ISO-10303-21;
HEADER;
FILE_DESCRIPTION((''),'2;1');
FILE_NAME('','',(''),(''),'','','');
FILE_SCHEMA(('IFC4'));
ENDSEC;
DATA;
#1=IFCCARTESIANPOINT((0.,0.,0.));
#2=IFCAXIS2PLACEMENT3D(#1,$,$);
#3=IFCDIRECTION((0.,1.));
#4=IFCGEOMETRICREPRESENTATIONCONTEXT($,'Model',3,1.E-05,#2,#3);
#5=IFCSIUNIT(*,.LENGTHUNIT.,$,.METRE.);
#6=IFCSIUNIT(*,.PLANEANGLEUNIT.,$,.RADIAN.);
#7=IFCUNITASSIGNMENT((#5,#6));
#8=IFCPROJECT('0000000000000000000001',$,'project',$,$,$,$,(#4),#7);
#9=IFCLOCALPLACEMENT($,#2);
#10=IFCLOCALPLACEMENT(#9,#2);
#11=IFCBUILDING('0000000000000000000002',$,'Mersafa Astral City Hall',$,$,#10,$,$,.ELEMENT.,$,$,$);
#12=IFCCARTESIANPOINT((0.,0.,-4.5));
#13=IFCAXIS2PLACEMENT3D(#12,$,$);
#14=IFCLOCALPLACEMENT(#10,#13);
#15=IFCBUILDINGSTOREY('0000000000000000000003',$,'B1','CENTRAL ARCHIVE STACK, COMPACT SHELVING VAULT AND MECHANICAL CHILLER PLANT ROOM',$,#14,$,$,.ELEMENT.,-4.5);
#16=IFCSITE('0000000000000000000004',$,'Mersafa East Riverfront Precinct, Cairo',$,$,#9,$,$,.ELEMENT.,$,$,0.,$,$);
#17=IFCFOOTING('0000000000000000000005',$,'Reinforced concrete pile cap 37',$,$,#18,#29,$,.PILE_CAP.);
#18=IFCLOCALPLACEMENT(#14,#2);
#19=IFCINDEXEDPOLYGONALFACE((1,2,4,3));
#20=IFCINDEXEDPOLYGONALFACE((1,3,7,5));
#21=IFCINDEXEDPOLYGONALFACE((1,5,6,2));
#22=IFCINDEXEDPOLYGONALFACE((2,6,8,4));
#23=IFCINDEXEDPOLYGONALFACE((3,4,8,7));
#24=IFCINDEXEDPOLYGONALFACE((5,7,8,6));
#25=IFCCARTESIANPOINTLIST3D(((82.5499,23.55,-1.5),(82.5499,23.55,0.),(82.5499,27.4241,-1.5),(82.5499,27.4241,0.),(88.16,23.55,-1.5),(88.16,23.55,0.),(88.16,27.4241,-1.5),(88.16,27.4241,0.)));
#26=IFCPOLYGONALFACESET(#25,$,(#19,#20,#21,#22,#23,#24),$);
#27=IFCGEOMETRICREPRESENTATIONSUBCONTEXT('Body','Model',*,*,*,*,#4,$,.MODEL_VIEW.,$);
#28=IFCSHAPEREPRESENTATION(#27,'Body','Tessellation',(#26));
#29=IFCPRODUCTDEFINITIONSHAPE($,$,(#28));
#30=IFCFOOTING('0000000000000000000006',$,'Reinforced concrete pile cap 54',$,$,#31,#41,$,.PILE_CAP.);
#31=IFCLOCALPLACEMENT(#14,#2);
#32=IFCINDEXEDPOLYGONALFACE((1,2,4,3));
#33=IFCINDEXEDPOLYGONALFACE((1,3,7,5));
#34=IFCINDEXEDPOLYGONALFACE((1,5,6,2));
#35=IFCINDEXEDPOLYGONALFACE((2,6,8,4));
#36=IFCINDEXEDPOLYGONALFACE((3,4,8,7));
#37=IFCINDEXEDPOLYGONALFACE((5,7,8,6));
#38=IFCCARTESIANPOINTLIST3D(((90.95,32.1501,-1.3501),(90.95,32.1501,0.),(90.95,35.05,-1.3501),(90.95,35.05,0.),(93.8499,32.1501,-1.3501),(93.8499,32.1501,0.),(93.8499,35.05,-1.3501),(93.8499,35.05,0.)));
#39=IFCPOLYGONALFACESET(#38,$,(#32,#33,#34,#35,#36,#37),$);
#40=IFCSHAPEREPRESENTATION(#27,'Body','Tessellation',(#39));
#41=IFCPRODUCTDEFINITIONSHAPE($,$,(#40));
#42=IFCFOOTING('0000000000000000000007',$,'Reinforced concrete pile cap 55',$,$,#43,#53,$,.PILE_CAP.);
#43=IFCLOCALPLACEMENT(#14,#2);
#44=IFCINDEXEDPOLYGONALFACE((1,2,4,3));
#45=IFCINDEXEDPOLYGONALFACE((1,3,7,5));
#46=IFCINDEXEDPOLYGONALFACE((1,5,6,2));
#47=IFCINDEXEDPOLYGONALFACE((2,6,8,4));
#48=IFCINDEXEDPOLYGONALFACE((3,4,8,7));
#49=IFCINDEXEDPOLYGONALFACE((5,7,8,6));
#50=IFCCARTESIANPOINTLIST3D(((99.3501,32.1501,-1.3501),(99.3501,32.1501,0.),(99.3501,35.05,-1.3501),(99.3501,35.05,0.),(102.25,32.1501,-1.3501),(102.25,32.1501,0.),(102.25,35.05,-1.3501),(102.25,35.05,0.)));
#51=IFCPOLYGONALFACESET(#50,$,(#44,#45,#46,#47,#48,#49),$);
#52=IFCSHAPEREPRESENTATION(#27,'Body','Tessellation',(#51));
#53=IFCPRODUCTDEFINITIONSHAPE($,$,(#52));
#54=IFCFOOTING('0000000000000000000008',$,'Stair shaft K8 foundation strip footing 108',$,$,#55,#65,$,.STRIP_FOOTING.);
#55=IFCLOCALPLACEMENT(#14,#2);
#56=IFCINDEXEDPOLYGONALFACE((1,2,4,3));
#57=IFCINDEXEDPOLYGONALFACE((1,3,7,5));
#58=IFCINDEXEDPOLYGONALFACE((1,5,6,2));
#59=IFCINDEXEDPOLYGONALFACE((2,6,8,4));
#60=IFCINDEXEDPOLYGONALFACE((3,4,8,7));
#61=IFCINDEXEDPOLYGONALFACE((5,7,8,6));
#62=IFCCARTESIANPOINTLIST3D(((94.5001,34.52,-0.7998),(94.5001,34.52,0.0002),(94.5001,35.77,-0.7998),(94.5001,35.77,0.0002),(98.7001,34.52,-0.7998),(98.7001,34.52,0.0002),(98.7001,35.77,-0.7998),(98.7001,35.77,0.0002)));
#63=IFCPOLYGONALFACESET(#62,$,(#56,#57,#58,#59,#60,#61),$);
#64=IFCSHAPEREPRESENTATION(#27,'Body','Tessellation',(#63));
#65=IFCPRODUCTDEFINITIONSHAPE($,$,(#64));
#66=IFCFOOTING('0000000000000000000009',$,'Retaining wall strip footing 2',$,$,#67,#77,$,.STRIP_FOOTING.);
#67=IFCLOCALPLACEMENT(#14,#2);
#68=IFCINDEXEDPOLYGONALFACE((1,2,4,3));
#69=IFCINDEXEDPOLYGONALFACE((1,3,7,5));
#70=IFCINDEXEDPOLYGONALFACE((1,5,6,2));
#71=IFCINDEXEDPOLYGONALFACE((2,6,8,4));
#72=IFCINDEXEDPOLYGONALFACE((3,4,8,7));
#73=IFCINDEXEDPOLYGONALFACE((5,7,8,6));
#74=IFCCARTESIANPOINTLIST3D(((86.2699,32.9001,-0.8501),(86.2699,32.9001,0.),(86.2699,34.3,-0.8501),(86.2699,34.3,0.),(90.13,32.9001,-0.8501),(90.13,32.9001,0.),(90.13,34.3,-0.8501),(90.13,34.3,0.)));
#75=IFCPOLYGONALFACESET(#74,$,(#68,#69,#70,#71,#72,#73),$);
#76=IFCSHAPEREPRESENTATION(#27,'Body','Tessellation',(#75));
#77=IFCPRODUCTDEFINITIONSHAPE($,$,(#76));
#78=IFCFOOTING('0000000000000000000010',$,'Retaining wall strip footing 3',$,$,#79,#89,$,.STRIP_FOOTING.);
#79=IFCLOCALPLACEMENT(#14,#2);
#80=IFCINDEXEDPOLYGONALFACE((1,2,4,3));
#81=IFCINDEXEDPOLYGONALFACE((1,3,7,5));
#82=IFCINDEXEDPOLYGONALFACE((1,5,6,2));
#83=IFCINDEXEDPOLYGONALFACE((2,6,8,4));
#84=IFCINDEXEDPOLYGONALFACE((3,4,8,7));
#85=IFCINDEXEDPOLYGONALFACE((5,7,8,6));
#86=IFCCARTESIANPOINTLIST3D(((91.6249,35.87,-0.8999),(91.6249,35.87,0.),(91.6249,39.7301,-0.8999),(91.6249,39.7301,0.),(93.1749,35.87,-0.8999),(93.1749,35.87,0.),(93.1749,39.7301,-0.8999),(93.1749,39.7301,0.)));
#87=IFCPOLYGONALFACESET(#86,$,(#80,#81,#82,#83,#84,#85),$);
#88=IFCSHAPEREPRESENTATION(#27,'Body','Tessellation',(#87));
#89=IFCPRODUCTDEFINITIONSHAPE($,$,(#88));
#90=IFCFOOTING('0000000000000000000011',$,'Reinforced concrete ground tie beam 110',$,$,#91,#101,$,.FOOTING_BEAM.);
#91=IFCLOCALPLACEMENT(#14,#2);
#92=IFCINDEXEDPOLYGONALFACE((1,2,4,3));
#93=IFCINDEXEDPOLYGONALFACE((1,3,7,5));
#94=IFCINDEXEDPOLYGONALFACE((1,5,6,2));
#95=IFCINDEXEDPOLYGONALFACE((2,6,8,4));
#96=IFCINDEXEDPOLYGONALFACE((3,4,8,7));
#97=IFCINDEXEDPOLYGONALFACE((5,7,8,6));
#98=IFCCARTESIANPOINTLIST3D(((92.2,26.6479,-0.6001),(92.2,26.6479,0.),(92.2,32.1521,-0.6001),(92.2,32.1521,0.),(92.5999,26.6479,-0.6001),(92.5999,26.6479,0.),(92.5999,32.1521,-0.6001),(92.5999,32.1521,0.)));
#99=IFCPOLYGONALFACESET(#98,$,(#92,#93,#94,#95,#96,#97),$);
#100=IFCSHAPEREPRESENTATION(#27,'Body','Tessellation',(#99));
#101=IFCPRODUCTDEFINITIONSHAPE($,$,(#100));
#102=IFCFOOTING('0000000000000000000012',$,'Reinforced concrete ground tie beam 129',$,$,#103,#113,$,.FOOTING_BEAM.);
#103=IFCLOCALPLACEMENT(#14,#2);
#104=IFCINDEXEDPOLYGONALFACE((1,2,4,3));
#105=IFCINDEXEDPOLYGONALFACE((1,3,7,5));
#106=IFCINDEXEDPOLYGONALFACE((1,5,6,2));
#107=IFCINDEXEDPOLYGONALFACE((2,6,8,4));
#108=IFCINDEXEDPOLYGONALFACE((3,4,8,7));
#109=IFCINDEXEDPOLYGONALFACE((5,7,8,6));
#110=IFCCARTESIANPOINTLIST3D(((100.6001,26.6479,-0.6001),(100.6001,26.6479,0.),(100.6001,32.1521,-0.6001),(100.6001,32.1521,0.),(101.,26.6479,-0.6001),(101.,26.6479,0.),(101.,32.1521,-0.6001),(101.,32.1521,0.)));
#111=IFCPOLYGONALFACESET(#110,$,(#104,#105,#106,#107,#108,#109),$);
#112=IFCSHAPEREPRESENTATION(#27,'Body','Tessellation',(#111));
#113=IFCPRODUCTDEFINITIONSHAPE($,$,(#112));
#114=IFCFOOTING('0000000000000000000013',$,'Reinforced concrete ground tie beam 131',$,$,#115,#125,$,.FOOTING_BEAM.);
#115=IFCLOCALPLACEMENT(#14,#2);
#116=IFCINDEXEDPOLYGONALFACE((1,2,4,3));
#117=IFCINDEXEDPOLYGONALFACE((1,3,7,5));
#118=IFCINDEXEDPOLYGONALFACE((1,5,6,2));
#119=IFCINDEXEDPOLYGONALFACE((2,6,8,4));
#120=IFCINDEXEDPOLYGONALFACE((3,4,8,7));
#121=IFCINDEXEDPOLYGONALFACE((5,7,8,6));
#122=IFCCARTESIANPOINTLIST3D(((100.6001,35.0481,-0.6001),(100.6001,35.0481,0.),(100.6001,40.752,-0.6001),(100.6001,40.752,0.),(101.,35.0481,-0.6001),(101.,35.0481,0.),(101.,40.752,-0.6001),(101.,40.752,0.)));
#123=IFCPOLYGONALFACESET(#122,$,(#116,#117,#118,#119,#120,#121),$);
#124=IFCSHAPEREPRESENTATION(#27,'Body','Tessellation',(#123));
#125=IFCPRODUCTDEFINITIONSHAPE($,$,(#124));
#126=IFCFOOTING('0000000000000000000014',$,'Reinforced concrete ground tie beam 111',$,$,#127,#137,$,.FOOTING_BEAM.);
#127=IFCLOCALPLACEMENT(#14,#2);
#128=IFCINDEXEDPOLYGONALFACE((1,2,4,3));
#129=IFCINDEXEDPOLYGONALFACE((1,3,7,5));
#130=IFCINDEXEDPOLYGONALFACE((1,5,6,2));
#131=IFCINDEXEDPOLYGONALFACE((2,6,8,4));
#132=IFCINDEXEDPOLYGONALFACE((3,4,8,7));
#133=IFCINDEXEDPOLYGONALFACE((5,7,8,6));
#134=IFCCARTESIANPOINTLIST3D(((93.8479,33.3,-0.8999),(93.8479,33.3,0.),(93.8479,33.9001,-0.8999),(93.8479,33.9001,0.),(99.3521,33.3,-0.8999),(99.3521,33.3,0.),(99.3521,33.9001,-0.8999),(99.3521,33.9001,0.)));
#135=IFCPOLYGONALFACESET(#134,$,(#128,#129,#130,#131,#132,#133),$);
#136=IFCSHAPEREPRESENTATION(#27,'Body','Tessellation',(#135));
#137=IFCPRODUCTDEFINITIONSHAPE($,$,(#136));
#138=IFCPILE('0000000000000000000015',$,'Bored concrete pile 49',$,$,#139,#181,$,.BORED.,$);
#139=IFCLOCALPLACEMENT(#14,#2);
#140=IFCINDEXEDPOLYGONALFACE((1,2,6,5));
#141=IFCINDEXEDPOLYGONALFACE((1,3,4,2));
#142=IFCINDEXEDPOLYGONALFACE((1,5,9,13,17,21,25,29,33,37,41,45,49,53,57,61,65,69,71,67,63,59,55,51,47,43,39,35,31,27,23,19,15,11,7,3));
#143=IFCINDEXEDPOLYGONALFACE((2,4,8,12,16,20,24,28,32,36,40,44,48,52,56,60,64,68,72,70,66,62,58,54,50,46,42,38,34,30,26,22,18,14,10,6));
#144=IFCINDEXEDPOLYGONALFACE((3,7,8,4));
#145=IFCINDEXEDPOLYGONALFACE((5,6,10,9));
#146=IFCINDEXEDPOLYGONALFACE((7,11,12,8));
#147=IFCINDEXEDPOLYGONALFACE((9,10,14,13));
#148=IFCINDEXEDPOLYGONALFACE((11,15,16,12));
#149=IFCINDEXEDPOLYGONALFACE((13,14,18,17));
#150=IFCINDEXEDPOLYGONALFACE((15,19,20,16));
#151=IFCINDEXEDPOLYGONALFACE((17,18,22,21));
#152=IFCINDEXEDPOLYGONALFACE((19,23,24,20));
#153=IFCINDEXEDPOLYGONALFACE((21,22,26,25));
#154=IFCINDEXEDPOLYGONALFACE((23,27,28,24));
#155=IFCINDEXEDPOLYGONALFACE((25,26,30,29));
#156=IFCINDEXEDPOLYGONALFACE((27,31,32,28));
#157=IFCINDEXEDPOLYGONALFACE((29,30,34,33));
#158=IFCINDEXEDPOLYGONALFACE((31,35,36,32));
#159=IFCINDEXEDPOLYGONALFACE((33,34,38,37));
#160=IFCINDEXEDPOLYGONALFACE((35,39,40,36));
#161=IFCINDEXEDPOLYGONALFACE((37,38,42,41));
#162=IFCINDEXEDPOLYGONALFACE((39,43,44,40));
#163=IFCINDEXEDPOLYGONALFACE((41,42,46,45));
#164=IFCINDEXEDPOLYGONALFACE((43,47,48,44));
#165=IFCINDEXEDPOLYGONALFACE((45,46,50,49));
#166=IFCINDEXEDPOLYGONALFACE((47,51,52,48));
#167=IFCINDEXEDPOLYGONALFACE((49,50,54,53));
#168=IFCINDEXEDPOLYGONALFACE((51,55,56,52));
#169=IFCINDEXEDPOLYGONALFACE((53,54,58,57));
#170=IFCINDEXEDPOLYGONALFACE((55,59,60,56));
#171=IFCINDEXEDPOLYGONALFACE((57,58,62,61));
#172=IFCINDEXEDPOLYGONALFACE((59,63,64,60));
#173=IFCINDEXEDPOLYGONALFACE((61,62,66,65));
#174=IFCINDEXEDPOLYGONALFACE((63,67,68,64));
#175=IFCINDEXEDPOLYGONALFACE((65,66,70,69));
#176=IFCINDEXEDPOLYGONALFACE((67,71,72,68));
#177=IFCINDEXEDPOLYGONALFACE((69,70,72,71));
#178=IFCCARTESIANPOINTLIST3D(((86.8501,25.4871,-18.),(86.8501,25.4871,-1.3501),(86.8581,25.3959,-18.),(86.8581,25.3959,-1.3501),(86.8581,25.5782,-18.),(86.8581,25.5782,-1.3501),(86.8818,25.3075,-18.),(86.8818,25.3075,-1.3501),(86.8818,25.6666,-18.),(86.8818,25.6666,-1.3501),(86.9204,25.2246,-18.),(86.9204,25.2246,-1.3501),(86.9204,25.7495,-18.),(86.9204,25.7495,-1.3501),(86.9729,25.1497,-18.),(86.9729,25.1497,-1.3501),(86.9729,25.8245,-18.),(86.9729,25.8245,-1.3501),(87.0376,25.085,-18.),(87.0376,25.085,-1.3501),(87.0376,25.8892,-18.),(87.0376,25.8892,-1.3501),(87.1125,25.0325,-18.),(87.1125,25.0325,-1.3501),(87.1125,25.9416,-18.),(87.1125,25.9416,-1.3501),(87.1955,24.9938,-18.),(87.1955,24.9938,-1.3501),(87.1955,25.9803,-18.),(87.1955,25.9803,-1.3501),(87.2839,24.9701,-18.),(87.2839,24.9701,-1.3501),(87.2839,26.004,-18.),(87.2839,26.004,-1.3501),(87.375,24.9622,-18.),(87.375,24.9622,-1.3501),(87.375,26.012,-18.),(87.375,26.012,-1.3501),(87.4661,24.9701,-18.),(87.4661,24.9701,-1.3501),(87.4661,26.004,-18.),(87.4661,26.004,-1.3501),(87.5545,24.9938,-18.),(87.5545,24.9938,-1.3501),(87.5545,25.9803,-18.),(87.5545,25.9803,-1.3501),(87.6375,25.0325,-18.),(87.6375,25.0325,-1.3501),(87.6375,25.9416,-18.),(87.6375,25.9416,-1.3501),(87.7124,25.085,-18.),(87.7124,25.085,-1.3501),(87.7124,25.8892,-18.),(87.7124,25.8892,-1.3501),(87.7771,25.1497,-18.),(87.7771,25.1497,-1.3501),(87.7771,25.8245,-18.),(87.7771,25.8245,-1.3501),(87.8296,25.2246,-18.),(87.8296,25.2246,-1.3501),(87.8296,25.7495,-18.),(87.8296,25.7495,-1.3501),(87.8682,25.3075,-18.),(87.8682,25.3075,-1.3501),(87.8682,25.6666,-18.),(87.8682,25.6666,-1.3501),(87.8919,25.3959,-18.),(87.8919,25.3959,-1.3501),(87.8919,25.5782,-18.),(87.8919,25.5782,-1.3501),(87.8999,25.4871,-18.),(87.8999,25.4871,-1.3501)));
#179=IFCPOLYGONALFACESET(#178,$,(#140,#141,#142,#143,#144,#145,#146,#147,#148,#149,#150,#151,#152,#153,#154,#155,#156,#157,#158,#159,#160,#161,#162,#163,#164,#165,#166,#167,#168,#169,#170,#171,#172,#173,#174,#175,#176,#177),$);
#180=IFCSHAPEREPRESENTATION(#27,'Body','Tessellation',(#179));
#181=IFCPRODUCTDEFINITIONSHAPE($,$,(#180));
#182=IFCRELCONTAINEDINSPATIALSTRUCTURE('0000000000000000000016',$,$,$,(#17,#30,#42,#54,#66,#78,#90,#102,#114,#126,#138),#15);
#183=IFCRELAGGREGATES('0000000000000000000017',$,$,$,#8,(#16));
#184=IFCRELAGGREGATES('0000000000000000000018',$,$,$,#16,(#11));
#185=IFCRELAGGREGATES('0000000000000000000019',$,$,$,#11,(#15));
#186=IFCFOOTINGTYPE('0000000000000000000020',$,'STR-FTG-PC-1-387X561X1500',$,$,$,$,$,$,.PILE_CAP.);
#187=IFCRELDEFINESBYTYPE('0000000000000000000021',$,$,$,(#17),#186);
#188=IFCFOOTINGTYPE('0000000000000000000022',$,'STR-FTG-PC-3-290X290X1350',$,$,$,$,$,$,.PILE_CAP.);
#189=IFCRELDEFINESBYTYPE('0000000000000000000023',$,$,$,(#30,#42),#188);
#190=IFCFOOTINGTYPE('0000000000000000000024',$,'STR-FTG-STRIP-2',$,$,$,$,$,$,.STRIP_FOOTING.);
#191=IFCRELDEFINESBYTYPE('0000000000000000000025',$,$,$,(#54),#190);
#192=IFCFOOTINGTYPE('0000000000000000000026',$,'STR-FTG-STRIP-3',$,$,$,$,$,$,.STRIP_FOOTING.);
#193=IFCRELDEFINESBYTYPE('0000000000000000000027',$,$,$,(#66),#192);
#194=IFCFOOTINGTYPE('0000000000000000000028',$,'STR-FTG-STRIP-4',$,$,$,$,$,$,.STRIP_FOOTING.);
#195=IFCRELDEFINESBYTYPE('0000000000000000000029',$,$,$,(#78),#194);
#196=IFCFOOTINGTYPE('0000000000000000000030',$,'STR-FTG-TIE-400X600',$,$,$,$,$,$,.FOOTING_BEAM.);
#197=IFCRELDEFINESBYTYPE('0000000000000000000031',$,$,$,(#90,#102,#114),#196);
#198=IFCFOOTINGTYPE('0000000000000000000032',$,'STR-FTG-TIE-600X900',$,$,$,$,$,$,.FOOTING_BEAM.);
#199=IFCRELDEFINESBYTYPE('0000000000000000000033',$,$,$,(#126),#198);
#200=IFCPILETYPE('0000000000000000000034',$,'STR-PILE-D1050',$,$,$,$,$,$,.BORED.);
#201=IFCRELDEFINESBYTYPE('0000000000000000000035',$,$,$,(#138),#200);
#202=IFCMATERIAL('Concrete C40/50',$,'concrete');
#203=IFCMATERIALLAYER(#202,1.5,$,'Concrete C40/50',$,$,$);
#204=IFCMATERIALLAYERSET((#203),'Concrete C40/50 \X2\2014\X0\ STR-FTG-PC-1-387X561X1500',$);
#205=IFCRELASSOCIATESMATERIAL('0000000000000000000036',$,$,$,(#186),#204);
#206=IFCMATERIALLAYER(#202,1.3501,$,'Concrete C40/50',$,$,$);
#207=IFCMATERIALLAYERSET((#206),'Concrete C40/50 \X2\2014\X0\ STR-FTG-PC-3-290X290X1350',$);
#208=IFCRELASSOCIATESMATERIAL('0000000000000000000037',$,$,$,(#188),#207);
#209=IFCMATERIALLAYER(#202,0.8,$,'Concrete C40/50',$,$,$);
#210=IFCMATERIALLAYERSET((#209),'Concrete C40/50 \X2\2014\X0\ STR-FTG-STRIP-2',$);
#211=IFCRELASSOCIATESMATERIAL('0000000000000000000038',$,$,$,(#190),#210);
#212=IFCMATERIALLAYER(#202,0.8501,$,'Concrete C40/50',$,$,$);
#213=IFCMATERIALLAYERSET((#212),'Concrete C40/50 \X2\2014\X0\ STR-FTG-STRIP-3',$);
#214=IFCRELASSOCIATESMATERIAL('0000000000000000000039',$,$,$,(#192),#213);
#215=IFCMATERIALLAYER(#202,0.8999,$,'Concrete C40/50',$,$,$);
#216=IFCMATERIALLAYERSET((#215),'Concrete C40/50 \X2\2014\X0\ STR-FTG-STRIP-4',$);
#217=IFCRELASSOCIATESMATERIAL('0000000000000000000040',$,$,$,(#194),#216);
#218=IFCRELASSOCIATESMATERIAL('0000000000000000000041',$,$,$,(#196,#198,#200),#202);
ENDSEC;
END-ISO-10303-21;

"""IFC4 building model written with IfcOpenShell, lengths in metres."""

from ifc_helpers import new_model, si_unit, direction, frame, origin, origin_2d, place, context, subcontext, project, spatial, rectangle, circle, extrude, material, layer, layer_set, material_profile, profile_set, type_object, element, save


model = new_model("IFC4")

# Units and contexts
model_context = context("Model", 3, precision=1e-05, world=origin(), true_north=direction((0.0, 1.0)))
body_context = subcontext(model_context, "Body", "Model", "MODEL_VIEW")
ifc_project = project(units=[si_unit("LENGTHUNIT", "METRE"), si_unit("PLANEANGLEUNIT", "RADIAN")], contexts=[model_context])

# Site, building, storey
site_placement = place(None, origin())
site = spatial("IfcSite", under=ifc_project, at=site_placement, Name="Mersafa East Riverfront Precinct, Cairo", CompositionType="ELEMENT", RefElevation=0.0)
building_placement = place(site_placement, origin())
building = spatial("IfcBuilding", under=site, at=building_placement, Name="Mersafa Astral City Hall", CompositionType="ELEMENT")
storey_placement = place(building_placement, frame((0.0, 0.0, -4.5)))
storey = spatial("IfcBuildingStorey", under=building, at=storey_placement, Name="B1", Description="CENTRAL ARCHIVE STACK, COMPACT SHELVING VAULT AND MECHANICAL CHILLER PLANT ROOM", CompositionType="ELEMENT", Elevation=-4.5)

# Footings
ifc_material_1 = material(Name="Concrete C40/50", Category="concrete")
ifc_layer_1 = layer(ifc_material_1, 1.5, Name="Concrete C40/50")
ifc_layer_set_1 = layer_set([ifc_layer_1], Name="Concrete C40/50 — STR-FTG-PC-1-387X561X1500")
footing_type_1 = type_object("IfcFootingType", Name="STR-FTG-PC-1-387X561X1500", PredefinedType="PILE_CAP", material=ifc_layer_set_1)
footing_1_placement = place(storey_placement, frame((85.355, 25.4871, -1.5), z_axis=(0.0, 0.0, 1.0), x_axis=(1.0, 0.0, 0.0)))
element("IfcFooting", 1, at=footing_1_placement, inside=storey, type_object=footing_type_1, Name="Reinforced concrete pile cap 37", PredefinedType="PILE_CAP", context=body_context, shape_type="SweptSolid", body=[
    extrude(rectangle(XDim=5.6101, YDim=3.874, at=origin_2d()), origin(), (0.0, 0.0, 1.0), 1.5),
])
ifc_layer_2 = layer(ifc_material_1, 1.3501, Name="Concrete C40/50")
ifc_layer_set_2 = layer_set([ifc_layer_2], Name="Concrete C40/50 — STR-FTG-PC-3-290X290X1350")
footing_type_2 = type_object("IfcFootingType", Name="STR-FTG-PC-3-290X290X1350", PredefinedType="PILE_CAP", material=ifc_layer_set_2)
for number, where, z_axis, x_axis, name in (
    (2, (92.3999, 33.6001, -1.3501), (0.0, 0.0, 1.0), (1.0, 0.0, 0.0), "Reinforced concrete pile cap 54"),
    (3, (100.8, 33.6001, -1.3501), (0.0, 0.0, 1.0), (1.0, 0.0, 0.0), "Reinforced concrete pile cap 55"),
):
    element("IfcFooting", number, at=place(storey_placement, frame(where, z_axis=z_axis, x_axis=x_axis)), inside=storey, type_object=footing_type_2, Name=name, PredefinedType="PILE_CAP", context=body_context, shape_type="SweptSolid", body=[
        extrude(rectangle(XDim=2.8999, YDim=2.8999, at=origin_2d()), origin(), (0.0, 0.0, 1.0), 1.3501),
    ])
ifc_layer_3 = layer(ifc_material_1, 0.8, Name="Concrete C40/50")
ifc_layer_set_3 = layer_set([ifc_layer_3], Name="Concrete C40/50 — STR-FTG-STRIP-2")
footing_type_3 = type_object("IfcFootingType", Name="STR-FTG-STRIP-2", PredefinedType="STRIP_FOOTING", material=ifc_layer_set_3)
footing_2_placement = place(storey_placement, frame((96.6001, 35.145, -0.7998), z_axis=(0.0, 0.0, 1.0), x_axis=(1.0, 0.0, 0.0)))
element("IfcFooting", 4, at=footing_2_placement, inside=storey, type_object=footing_type_3, Name="Stair shaft K8 foundation strip footing 108", PredefinedType="STRIP_FOOTING", context=body_context, shape_type="SweptSolid", body=[
    extrude(rectangle(XDim=4.2, YDim=1.25, at=origin_2d()), origin(), (0.0, 0.0, 1.0), 0.8),
])
ifc_layer_4 = layer(ifc_material_1, 0.8501, Name="Concrete C40/50")
ifc_layer_set_4 = layer_set([ifc_layer_4], Name="Concrete C40/50 — STR-FTG-STRIP-3")
footing_type_4 = type_object("IfcFootingType", Name="STR-FTG-STRIP-3", PredefinedType="STRIP_FOOTING", material=ifc_layer_set_4)
footing_3_placement = place(storey_placement, frame((88.2, 33.6001, -0.8501), z_axis=(0.0, 0.0, 1.0), x_axis=(1.0, 0.0, 0.0)))
element("IfcFooting", 5, at=footing_3_placement, inside=storey, type_object=footing_type_4, Name="Retaining wall strip footing 2", PredefinedType="STRIP_FOOTING", context=body_context, shape_type="SweptSolid", body=[
    extrude(rectangle(XDim=3.8601, YDim=1.3999, at=origin_2d()), origin(), (0.0, 0.0, 1.0), 0.8501),
])
ifc_layer_5 = layer(ifc_material_1, 0.8999, Name="Concrete C40/50")
ifc_layer_set_5 = layer_set([ifc_layer_5], Name="Concrete C40/50 — STR-FTG-STRIP-4")
footing_type_5 = type_object("IfcFootingType", Name="STR-FTG-STRIP-4", PredefinedType="STRIP_FOOTING", material=ifc_layer_set_5)
footing_4_placement = place(storey_placement, frame((92.3999, 37.8, -0.8999), z_axis=(0.0, 0.0, 1.0), x_axis=(0.0, 1.0, 0.0)))
element("IfcFooting", 6, at=footing_4_placement, inside=storey, type_object=footing_type_5, Name="Retaining wall strip footing 3", PredefinedType="STRIP_FOOTING", context=body_context, shape_type="SweptSolid", body=[
    extrude(rectangle(XDim=3.8601, YDim=1.55, at=origin_2d()), origin(), (0.0, 0.0, 1.0), 0.8999),
])
ifc_material_profile_1 = material_profile(ifc_material_1, rectangle(XDim=0.3999, YDim=0.6001, at=origin_2d()), Name="RC 400x600")
ifc_profile_set_1 = profile_set([ifc_material_profile_1], Name="Concrete C40/50")
footing_type_6 = type_object("IfcFootingType", Name="STR-FTG-TIE-400X600", PredefinedType="FOOTING_BEAM", material=ifc_profile_set_1)
for number, where, z_axis, x_axis, name in (
    (7, (92.3999, 26.6479, -0.3), (0.0, 1.0, 0.0), (-1.0, 0.0, 0.0), "Reinforced concrete ground tie beam 110"),
    (8, (100.8, 26.6479, -0.3), (0.0, 1.0, 0.0), (-1.0, 0.0, 0.0), "Reinforced concrete ground tie beam 129"),
):
    element("IfcFooting", number, at=place(storey_placement, frame(where, z_axis=z_axis, x_axis=x_axis)), inside=storey, type_object=footing_type_6, Name=name, PredefinedType="FOOTING_BEAM", context=body_context, shape_type="SweptSolid", body=[
        extrude(rectangle(XDim=0.3999, YDim=0.6001, at=origin_2d()), origin(), (0.0, 0.0, 1.0), 5.5042),
    ])
footing_5_placement = place(storey_placement, frame((100.8, 35.0481, -0.3), z_axis=(0.0, 1.0, 0.0), x_axis=(-1.0, 0.0, 0.0)))
element("IfcFooting", 9, at=footing_5_placement, inside=storey, type_object=footing_type_6, Name="Reinforced concrete ground tie beam 131", PredefinedType="FOOTING_BEAM", context=body_context, shape_type="SweptSolid", body=[
    extrude(rectangle(XDim=0.3999, YDim=0.6001, at=origin_2d()), origin(), (0.0, 0.0, 1.0), 5.7039),
])
ifc_material_profile_2 = material_profile(ifc_material_1, rectangle(XDim=0.6001, YDim=0.8999, at=origin_2d()), Name="RC 600x900")
ifc_profile_set_2 = profile_set([ifc_material_profile_2], Name="Concrete C40/50")
footing_type_7 = type_object("IfcFootingType", Name="STR-FTG-TIE-600X900", PredefinedType="FOOTING_BEAM", material=ifc_profile_set_2)
footing_6_placement = place(storey_placement, frame((93.8479, 33.6001, -0.45), z_axis=(1.0, 0.0, 0.0), x_axis=(0.0, 1.0, 0.0)))
element("IfcFooting", 10, at=footing_6_placement, inside=storey, type_object=footing_type_7, Name="Reinforced concrete ground tie beam 111", PredefinedType="FOOTING_BEAM", context=body_context, shape_type="SweptSolid", body=[
    extrude(rectangle(XDim=0.6001, YDim=0.8999, at=origin_2d()), origin(), (0.0, 0.0, 1.0), 5.5042),
])

# Pile
ifc_material_profile_3 = material_profile(ifc_material_1, circle(Radius=0.5249, at=origin_2d()), Name="PILE D1050")
ifc_profile_set_3 = profile_set([ifc_material_profile_3], Name="Concrete C40/50")
pile_type_1 = type_object("IfcPileType", Name="STR-PILE-D1050", PredefinedType="BORED", material=ifc_profile_set_3)
pile_placement = place(storey_placement, frame((87.375, 25.4871, -1.3501), z_axis=(0.0, 0.0, -1.0), x_axis=(1.0, 0.0, 0.0)))
element("IfcPile", 11, at=pile_placement, inside=storey, type_object=pile_type_1, Name="Bored concrete pile 49", PredefinedType="BORED", context=body_context, shape_type="SweptSolid", body=[
    extrude(circle(Radius=0.5249, at=origin_2d()), origin(), (0.0, 0.0, 1.0), 16.6499),
])

save(model, "model.ifc")
